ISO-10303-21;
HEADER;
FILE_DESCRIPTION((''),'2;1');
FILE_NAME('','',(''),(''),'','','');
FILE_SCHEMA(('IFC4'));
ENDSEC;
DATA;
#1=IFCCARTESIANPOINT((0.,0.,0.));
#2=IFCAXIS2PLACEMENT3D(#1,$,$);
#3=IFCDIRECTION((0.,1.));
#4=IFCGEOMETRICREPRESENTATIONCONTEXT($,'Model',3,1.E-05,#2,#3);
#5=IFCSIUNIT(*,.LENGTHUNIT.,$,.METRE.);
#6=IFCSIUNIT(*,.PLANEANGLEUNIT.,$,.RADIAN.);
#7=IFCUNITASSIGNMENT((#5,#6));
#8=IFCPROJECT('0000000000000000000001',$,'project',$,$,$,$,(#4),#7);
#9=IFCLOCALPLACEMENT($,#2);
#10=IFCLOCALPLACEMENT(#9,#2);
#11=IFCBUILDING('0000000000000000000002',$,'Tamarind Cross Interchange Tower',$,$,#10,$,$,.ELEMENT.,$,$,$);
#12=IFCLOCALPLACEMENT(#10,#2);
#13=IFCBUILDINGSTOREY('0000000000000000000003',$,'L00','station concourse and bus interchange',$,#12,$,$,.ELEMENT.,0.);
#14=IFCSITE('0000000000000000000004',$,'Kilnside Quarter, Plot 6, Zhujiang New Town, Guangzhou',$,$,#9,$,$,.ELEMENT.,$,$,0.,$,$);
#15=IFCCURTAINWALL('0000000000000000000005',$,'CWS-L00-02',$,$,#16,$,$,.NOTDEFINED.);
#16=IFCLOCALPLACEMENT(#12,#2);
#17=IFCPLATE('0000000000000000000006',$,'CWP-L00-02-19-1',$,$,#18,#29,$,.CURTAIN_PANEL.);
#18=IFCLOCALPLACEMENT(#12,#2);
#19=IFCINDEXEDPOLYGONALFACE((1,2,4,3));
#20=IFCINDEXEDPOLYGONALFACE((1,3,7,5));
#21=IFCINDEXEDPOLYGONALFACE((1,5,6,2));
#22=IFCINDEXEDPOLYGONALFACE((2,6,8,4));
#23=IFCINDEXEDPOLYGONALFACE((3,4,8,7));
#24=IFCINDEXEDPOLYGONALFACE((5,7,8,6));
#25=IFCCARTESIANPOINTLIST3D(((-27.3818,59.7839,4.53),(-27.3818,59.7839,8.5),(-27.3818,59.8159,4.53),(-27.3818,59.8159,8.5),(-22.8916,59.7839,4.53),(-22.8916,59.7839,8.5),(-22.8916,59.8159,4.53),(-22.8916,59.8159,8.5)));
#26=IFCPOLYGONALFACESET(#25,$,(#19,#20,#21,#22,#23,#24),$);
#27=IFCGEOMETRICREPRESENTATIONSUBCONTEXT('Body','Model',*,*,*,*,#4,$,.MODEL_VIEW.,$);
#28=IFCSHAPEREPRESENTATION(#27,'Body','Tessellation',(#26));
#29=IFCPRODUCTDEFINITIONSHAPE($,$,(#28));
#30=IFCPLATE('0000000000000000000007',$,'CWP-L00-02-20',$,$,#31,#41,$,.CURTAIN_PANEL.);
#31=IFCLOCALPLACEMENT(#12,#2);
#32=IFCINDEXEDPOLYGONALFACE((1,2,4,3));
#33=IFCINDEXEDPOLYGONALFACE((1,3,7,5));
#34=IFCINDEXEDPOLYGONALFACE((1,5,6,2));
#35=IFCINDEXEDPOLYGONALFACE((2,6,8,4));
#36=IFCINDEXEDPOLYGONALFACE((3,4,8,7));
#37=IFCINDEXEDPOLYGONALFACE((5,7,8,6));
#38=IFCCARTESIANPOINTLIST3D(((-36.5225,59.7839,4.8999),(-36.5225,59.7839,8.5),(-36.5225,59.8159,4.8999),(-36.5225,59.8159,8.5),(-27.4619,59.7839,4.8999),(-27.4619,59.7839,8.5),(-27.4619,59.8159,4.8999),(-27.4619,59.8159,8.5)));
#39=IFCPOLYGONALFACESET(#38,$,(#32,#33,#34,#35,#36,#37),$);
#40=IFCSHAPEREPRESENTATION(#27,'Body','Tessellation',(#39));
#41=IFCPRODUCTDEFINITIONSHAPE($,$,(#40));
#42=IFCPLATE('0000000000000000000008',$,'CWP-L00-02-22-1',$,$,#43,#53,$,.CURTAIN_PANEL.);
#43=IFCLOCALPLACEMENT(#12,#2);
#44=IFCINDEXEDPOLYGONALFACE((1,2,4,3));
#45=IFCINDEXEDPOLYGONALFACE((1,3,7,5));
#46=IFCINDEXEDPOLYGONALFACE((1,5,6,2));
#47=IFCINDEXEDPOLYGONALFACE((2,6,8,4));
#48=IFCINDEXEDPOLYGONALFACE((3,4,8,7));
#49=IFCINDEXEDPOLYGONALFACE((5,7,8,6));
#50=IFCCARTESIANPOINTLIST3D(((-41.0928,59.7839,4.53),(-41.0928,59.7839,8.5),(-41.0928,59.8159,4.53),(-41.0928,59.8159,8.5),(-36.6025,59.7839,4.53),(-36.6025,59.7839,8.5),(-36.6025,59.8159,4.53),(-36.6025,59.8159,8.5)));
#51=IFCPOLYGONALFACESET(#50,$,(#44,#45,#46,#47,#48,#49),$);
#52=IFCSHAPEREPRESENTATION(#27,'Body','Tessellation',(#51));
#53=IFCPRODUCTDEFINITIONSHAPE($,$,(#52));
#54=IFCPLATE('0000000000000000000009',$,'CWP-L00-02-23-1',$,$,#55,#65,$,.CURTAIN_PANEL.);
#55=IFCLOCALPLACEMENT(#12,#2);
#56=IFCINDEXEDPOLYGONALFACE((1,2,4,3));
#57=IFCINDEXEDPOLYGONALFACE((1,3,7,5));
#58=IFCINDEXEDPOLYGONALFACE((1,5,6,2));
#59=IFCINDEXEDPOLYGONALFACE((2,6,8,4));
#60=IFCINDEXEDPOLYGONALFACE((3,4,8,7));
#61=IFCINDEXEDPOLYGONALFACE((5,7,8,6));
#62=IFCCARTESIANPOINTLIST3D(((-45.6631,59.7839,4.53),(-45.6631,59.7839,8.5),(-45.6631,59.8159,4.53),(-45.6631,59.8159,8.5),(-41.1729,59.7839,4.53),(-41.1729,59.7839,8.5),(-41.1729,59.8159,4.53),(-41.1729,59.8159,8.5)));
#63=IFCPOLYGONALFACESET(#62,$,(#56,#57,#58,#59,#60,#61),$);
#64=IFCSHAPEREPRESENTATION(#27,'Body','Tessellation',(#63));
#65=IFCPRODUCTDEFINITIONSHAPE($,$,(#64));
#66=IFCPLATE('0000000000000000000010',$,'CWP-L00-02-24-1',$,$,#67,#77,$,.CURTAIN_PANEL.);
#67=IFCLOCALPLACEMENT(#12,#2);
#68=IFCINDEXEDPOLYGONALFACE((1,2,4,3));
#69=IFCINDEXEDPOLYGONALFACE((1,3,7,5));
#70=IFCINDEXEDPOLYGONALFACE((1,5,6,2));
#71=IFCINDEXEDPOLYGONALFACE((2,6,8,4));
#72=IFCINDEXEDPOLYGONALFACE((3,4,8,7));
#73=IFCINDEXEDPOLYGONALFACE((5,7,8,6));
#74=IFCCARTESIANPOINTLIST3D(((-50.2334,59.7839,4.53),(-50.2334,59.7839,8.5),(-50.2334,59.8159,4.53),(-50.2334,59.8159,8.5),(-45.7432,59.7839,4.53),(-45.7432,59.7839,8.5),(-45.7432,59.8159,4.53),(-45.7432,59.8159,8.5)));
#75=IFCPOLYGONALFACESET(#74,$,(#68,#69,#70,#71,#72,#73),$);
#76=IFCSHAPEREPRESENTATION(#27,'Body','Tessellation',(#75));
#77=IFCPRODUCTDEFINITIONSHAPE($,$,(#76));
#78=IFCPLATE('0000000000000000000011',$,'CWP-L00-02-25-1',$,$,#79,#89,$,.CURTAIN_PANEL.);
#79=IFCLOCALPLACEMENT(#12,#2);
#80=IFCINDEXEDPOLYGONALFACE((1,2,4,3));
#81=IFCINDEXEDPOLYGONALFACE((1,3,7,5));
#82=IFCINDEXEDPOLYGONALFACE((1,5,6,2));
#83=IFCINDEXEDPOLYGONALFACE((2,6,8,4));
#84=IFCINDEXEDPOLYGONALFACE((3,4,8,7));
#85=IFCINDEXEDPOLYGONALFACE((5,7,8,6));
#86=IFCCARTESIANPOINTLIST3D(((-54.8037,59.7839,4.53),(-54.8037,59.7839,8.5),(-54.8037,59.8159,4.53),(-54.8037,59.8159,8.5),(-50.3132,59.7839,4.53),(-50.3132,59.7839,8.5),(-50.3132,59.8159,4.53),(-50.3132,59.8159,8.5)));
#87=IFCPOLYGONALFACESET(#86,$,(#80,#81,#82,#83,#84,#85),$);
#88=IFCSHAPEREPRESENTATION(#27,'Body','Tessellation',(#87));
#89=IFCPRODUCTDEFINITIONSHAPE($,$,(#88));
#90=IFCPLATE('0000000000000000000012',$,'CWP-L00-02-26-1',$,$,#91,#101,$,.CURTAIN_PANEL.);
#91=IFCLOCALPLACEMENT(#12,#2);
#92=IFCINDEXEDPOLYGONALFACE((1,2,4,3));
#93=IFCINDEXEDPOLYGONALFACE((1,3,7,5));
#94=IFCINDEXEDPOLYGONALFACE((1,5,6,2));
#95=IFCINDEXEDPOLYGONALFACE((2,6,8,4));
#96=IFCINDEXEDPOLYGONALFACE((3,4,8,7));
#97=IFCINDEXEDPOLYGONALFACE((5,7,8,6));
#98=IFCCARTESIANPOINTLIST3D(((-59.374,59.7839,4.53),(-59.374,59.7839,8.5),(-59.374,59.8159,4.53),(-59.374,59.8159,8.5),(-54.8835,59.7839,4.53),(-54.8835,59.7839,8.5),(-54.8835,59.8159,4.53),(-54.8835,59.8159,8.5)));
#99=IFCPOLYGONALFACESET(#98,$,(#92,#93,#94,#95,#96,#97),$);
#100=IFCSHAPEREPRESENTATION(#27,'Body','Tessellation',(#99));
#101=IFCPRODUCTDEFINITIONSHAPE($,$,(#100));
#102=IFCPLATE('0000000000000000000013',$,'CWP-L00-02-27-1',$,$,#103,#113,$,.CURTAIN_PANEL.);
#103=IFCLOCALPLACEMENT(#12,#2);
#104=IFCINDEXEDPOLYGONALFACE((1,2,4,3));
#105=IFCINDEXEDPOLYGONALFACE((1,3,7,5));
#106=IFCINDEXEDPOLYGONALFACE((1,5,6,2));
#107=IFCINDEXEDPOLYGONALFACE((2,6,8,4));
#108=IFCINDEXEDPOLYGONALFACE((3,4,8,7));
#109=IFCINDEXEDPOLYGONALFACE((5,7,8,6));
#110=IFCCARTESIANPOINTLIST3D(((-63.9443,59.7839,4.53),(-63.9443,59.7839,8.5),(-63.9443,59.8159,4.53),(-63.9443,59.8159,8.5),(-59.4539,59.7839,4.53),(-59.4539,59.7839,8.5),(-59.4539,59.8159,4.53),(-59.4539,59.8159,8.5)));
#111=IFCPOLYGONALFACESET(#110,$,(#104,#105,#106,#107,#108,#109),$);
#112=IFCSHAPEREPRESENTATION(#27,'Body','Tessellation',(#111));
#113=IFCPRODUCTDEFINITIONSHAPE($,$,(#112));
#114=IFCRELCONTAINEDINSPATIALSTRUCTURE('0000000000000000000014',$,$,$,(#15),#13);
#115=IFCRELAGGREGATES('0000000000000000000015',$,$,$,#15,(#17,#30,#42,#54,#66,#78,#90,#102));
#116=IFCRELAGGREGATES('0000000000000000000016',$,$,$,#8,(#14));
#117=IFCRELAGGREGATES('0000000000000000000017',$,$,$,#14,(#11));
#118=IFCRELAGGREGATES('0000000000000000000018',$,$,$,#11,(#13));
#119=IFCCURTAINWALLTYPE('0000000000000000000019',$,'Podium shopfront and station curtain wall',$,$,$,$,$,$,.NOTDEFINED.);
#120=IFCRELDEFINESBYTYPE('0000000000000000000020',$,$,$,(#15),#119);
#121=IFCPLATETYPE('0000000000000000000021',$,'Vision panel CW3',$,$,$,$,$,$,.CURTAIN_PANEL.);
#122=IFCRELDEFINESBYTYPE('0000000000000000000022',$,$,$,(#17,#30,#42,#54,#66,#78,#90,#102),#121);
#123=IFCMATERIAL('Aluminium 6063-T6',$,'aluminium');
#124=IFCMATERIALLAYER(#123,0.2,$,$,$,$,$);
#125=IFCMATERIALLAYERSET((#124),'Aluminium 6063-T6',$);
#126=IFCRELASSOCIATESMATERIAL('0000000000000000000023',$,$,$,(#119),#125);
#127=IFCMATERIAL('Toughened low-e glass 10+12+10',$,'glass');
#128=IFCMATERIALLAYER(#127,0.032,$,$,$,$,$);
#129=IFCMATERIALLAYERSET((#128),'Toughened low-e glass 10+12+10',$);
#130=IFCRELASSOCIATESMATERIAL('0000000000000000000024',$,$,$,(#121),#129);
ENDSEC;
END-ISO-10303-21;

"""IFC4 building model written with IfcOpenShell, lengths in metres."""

from ifc_helpers import new_model, si_unit, direction, frame, origin, place, context, subcontext, project, spatial, polyline, outline, extrude, material, layer, layer_set, type_object, element, aggregate, save


model = new_model("IFC4")

# Units and contexts
model_context = context("Model", 3, precision=1e-05, world=origin(), true_north=direction((0.0, 1.0)))
body_context = subcontext(model_context, "Body", "Model", "MODEL_VIEW")
ifc_project = project(units=[si_unit("LENGTHUNIT", "METRE"), si_unit("PLANEANGLEUNIT", "RADIAN")], contexts=[model_context])

# Site, building, storey
site_placement = place(None, origin())
site = spatial("IfcSite", under=ifc_project, at=site_placement, Name="Kilnside Quarter, Plot 6, Zhujiang New Town, Guangzhou", CompositionType="ELEMENT", RefElevation=0.0)
building_placement = place(site_placement, origin())
building = spatial("IfcBuilding", under=site, at=building_placement, Name="Tamarind Cross Interchange Tower", CompositionType="ELEMENT")
storey_placement = place(building_placement, origin())
storey = spatial("IfcBuildingStorey", under=building, at=storey_placement, Name="L00", Description="station concourse and bus interchange", CompositionType="ELEMENT", Elevation=0.0)

# Curtain wall
ifc_material_1 = material(Name="Aluminium 6063-T6", Category="aluminium")
ifc_layer_1 = layer(ifc_material_1, 0.2)
ifc_layer_set_1 = layer_set([ifc_layer_1], Name="Aluminium 6063-T6")
curtain_wall_type = type_object("IfcCurtainWallType", Name="Podium shopfront and station curtain wall", PredefinedType="NOTDEFINED", material=ifc_layer_set_1)
curtain_wall_1_placement = place(storey_placement, origin())
curtain_wall_1 = element("IfcCurtainWall", 1, at=curtain_wall_1_placement, inside=storey, type_object=curtain_wall_type, Name="CWS-L00-02", PredefinedType="NOTDEFINED")

# Shared definitions
ifc_material_2 = material(Name="Toughened low-e glass 10+12+10", Category="glass")
ifc_layer_2 = layer(ifc_material_2, 0.032)
ifc_layer_set_2 = layer_set([ifc_layer_2], Name="Toughened low-e glass 10+12+10")
plate_type = type_object("IfcPlateType", Name="Vision panel CW3", PredefinedType="CURTAIN_PANEL", material=ifc_layer_set_2)

# Plates
plate_1_placement = place(storey_placement, frame((0.0, 0.0, 4.53)))
plate_1 = element("IfcPlate", 2, at=plate_1_placement, type_object=plate_type, Name="CWP-L00-02-19-1", PredefinedType="CURTAIN_PANEL", context=body_context, shape_type="SweptSolid", body=[
    extrude(outline(polyline([(-22.8916, 59.7839), (-27.3818, 59.7839), (-27.3818, 59.8159), (-22.8916, 59.8159), (-22.8916, 59.7839)])), origin(), (0.0, 0.0, 1.0), 3.97),
])
plate_2_placement = place(storey_placement, frame((0.0, 0.0, 4.8999)))
plate_2 = element("IfcPlate", 3, at=plate_2_placement, type_object=plate_type, Name="CWP-L00-02-20", PredefinedType="CURTAIN_PANEL", context=body_context, shape_type="SweptSolid", body=[
    extrude(outline(polyline([(-27.4619, 59.7839), (-36.5225, 59.7839), (-36.5225, 59.8159), (-27.4619, 59.8159), (-27.4619, 59.7839)])), origin(), (0.0, 0.0, 1.0), 3.6001),
])
plate_3_placement = place(storey_placement, frame((0.0, 0.0, 4.53)))
plate_3 = element("IfcPlate", 4, at=plate_3_placement, type_object=plate_type, Name="CWP-L00-02-22-1", PredefinedType="CURTAIN_PANEL", context=body_context, shape_type="SweptSolid", body=[
    extrude(outline(polyline([(-36.6025, 59.7839), (-41.0928, 59.7839), (-41.0928, 59.8159), (-36.6025, 59.8159), (-36.6025, 59.7839)])), origin(), (0.0, 0.0, 1.0), 3.97),
])
plate_4_placement = place(storey_placement, frame((0.0, 0.0, 4.53)))
plate_4 = element("IfcPlate", 5, at=plate_4_placement, type_object=plate_type, Name="CWP-L00-02-23-1", PredefinedType="CURTAIN_PANEL", context=body_context, shape_type="SweptSolid", body=[
    extrude(outline(polyline([(-41.1729, 59.7839), (-45.6631, 59.7839), (-45.6631, 59.8159), (-41.1729, 59.8159), (-41.1729, 59.7839)])), origin(), (0.0, 0.0, 1.0), 3.97),
])
plate_5_placement = place(storey_placement, frame((0.0, 0.0, 4.53)))
plate_5 = element("IfcPlate", 6, at=plate_5_placement, type_object=plate_type, Name="CWP-L00-02-24-1", PredefinedType="CURTAIN_PANEL", context=body_context, shape_type="SweptSolid", body=[
    extrude(outline(polyline([(-45.7432, 59.7839), (-50.2334, 59.7839), (-50.2334, 59.8159), (-45.7432, 59.8159), (-45.7432, 59.7839)])), origin(), (0.0, 0.0, 1.0), 3.97),
])
plate_6_placement = place(storey_placement, frame((0.0, 0.0, 4.53)))
plate_6 = element("IfcPlate", 7, at=plate_6_placement, type_object=plate_type, Name="CWP-L00-02-25-1", PredefinedType="CURTAIN_PANEL", context=body_context, shape_type="SweptSolid", body=[
    extrude(outline(polyline([(-50.3132, 59.7839), (-54.8037, 59.7839), (-54.8037, 59.8159), (-50.3132, 59.8159), (-50.3132, 59.7839)])), origin(), (0.0, 0.0, 1.0), 3.97),
])
plate_7_placement = place(storey_placement, frame((0.0, 0.0, 4.53)))
plate_7 = element("IfcPlate", 8, at=plate_7_placement, type_object=plate_type, Name="CWP-L00-02-26-1", PredefinedType="CURTAIN_PANEL", context=body_context, shape_type="SweptSolid", body=[
    extrude(outline(polyline([(-54.8835, 59.7839), (-59.374, 59.7839), (-59.374, 59.8159), (-54.8835, 59.8159), (-54.8835, 59.7839)])), origin(), (0.0, 0.0, 1.0), 3.97),
])
plate_8_placement = place(storey_placement, frame((0.0, 0.0, 4.53)))
plate_8 = element("IfcPlate", 9, at=plate_8_placement, type_object=plate_type, Name="CWP-L00-02-27-1", PredefinedType="CURTAIN_PANEL", context=body_context, shape_type="SweptSolid", body=[
    extrude(outline(polyline([(-59.4539, 59.7839), (-63.9443, 59.7839), (-63.9443, 59.8159), (-59.4539, 59.8159), (-59.4539, 59.7839)])), origin(), (0.0, 0.0, 1.0), 3.97),
])
aggregate(curtain_wall_1, [plate_1, plate_2, plate_3, plate_4, plate_5, plate_6, plate_7, plate_8])

save(model, "model.ifc")
